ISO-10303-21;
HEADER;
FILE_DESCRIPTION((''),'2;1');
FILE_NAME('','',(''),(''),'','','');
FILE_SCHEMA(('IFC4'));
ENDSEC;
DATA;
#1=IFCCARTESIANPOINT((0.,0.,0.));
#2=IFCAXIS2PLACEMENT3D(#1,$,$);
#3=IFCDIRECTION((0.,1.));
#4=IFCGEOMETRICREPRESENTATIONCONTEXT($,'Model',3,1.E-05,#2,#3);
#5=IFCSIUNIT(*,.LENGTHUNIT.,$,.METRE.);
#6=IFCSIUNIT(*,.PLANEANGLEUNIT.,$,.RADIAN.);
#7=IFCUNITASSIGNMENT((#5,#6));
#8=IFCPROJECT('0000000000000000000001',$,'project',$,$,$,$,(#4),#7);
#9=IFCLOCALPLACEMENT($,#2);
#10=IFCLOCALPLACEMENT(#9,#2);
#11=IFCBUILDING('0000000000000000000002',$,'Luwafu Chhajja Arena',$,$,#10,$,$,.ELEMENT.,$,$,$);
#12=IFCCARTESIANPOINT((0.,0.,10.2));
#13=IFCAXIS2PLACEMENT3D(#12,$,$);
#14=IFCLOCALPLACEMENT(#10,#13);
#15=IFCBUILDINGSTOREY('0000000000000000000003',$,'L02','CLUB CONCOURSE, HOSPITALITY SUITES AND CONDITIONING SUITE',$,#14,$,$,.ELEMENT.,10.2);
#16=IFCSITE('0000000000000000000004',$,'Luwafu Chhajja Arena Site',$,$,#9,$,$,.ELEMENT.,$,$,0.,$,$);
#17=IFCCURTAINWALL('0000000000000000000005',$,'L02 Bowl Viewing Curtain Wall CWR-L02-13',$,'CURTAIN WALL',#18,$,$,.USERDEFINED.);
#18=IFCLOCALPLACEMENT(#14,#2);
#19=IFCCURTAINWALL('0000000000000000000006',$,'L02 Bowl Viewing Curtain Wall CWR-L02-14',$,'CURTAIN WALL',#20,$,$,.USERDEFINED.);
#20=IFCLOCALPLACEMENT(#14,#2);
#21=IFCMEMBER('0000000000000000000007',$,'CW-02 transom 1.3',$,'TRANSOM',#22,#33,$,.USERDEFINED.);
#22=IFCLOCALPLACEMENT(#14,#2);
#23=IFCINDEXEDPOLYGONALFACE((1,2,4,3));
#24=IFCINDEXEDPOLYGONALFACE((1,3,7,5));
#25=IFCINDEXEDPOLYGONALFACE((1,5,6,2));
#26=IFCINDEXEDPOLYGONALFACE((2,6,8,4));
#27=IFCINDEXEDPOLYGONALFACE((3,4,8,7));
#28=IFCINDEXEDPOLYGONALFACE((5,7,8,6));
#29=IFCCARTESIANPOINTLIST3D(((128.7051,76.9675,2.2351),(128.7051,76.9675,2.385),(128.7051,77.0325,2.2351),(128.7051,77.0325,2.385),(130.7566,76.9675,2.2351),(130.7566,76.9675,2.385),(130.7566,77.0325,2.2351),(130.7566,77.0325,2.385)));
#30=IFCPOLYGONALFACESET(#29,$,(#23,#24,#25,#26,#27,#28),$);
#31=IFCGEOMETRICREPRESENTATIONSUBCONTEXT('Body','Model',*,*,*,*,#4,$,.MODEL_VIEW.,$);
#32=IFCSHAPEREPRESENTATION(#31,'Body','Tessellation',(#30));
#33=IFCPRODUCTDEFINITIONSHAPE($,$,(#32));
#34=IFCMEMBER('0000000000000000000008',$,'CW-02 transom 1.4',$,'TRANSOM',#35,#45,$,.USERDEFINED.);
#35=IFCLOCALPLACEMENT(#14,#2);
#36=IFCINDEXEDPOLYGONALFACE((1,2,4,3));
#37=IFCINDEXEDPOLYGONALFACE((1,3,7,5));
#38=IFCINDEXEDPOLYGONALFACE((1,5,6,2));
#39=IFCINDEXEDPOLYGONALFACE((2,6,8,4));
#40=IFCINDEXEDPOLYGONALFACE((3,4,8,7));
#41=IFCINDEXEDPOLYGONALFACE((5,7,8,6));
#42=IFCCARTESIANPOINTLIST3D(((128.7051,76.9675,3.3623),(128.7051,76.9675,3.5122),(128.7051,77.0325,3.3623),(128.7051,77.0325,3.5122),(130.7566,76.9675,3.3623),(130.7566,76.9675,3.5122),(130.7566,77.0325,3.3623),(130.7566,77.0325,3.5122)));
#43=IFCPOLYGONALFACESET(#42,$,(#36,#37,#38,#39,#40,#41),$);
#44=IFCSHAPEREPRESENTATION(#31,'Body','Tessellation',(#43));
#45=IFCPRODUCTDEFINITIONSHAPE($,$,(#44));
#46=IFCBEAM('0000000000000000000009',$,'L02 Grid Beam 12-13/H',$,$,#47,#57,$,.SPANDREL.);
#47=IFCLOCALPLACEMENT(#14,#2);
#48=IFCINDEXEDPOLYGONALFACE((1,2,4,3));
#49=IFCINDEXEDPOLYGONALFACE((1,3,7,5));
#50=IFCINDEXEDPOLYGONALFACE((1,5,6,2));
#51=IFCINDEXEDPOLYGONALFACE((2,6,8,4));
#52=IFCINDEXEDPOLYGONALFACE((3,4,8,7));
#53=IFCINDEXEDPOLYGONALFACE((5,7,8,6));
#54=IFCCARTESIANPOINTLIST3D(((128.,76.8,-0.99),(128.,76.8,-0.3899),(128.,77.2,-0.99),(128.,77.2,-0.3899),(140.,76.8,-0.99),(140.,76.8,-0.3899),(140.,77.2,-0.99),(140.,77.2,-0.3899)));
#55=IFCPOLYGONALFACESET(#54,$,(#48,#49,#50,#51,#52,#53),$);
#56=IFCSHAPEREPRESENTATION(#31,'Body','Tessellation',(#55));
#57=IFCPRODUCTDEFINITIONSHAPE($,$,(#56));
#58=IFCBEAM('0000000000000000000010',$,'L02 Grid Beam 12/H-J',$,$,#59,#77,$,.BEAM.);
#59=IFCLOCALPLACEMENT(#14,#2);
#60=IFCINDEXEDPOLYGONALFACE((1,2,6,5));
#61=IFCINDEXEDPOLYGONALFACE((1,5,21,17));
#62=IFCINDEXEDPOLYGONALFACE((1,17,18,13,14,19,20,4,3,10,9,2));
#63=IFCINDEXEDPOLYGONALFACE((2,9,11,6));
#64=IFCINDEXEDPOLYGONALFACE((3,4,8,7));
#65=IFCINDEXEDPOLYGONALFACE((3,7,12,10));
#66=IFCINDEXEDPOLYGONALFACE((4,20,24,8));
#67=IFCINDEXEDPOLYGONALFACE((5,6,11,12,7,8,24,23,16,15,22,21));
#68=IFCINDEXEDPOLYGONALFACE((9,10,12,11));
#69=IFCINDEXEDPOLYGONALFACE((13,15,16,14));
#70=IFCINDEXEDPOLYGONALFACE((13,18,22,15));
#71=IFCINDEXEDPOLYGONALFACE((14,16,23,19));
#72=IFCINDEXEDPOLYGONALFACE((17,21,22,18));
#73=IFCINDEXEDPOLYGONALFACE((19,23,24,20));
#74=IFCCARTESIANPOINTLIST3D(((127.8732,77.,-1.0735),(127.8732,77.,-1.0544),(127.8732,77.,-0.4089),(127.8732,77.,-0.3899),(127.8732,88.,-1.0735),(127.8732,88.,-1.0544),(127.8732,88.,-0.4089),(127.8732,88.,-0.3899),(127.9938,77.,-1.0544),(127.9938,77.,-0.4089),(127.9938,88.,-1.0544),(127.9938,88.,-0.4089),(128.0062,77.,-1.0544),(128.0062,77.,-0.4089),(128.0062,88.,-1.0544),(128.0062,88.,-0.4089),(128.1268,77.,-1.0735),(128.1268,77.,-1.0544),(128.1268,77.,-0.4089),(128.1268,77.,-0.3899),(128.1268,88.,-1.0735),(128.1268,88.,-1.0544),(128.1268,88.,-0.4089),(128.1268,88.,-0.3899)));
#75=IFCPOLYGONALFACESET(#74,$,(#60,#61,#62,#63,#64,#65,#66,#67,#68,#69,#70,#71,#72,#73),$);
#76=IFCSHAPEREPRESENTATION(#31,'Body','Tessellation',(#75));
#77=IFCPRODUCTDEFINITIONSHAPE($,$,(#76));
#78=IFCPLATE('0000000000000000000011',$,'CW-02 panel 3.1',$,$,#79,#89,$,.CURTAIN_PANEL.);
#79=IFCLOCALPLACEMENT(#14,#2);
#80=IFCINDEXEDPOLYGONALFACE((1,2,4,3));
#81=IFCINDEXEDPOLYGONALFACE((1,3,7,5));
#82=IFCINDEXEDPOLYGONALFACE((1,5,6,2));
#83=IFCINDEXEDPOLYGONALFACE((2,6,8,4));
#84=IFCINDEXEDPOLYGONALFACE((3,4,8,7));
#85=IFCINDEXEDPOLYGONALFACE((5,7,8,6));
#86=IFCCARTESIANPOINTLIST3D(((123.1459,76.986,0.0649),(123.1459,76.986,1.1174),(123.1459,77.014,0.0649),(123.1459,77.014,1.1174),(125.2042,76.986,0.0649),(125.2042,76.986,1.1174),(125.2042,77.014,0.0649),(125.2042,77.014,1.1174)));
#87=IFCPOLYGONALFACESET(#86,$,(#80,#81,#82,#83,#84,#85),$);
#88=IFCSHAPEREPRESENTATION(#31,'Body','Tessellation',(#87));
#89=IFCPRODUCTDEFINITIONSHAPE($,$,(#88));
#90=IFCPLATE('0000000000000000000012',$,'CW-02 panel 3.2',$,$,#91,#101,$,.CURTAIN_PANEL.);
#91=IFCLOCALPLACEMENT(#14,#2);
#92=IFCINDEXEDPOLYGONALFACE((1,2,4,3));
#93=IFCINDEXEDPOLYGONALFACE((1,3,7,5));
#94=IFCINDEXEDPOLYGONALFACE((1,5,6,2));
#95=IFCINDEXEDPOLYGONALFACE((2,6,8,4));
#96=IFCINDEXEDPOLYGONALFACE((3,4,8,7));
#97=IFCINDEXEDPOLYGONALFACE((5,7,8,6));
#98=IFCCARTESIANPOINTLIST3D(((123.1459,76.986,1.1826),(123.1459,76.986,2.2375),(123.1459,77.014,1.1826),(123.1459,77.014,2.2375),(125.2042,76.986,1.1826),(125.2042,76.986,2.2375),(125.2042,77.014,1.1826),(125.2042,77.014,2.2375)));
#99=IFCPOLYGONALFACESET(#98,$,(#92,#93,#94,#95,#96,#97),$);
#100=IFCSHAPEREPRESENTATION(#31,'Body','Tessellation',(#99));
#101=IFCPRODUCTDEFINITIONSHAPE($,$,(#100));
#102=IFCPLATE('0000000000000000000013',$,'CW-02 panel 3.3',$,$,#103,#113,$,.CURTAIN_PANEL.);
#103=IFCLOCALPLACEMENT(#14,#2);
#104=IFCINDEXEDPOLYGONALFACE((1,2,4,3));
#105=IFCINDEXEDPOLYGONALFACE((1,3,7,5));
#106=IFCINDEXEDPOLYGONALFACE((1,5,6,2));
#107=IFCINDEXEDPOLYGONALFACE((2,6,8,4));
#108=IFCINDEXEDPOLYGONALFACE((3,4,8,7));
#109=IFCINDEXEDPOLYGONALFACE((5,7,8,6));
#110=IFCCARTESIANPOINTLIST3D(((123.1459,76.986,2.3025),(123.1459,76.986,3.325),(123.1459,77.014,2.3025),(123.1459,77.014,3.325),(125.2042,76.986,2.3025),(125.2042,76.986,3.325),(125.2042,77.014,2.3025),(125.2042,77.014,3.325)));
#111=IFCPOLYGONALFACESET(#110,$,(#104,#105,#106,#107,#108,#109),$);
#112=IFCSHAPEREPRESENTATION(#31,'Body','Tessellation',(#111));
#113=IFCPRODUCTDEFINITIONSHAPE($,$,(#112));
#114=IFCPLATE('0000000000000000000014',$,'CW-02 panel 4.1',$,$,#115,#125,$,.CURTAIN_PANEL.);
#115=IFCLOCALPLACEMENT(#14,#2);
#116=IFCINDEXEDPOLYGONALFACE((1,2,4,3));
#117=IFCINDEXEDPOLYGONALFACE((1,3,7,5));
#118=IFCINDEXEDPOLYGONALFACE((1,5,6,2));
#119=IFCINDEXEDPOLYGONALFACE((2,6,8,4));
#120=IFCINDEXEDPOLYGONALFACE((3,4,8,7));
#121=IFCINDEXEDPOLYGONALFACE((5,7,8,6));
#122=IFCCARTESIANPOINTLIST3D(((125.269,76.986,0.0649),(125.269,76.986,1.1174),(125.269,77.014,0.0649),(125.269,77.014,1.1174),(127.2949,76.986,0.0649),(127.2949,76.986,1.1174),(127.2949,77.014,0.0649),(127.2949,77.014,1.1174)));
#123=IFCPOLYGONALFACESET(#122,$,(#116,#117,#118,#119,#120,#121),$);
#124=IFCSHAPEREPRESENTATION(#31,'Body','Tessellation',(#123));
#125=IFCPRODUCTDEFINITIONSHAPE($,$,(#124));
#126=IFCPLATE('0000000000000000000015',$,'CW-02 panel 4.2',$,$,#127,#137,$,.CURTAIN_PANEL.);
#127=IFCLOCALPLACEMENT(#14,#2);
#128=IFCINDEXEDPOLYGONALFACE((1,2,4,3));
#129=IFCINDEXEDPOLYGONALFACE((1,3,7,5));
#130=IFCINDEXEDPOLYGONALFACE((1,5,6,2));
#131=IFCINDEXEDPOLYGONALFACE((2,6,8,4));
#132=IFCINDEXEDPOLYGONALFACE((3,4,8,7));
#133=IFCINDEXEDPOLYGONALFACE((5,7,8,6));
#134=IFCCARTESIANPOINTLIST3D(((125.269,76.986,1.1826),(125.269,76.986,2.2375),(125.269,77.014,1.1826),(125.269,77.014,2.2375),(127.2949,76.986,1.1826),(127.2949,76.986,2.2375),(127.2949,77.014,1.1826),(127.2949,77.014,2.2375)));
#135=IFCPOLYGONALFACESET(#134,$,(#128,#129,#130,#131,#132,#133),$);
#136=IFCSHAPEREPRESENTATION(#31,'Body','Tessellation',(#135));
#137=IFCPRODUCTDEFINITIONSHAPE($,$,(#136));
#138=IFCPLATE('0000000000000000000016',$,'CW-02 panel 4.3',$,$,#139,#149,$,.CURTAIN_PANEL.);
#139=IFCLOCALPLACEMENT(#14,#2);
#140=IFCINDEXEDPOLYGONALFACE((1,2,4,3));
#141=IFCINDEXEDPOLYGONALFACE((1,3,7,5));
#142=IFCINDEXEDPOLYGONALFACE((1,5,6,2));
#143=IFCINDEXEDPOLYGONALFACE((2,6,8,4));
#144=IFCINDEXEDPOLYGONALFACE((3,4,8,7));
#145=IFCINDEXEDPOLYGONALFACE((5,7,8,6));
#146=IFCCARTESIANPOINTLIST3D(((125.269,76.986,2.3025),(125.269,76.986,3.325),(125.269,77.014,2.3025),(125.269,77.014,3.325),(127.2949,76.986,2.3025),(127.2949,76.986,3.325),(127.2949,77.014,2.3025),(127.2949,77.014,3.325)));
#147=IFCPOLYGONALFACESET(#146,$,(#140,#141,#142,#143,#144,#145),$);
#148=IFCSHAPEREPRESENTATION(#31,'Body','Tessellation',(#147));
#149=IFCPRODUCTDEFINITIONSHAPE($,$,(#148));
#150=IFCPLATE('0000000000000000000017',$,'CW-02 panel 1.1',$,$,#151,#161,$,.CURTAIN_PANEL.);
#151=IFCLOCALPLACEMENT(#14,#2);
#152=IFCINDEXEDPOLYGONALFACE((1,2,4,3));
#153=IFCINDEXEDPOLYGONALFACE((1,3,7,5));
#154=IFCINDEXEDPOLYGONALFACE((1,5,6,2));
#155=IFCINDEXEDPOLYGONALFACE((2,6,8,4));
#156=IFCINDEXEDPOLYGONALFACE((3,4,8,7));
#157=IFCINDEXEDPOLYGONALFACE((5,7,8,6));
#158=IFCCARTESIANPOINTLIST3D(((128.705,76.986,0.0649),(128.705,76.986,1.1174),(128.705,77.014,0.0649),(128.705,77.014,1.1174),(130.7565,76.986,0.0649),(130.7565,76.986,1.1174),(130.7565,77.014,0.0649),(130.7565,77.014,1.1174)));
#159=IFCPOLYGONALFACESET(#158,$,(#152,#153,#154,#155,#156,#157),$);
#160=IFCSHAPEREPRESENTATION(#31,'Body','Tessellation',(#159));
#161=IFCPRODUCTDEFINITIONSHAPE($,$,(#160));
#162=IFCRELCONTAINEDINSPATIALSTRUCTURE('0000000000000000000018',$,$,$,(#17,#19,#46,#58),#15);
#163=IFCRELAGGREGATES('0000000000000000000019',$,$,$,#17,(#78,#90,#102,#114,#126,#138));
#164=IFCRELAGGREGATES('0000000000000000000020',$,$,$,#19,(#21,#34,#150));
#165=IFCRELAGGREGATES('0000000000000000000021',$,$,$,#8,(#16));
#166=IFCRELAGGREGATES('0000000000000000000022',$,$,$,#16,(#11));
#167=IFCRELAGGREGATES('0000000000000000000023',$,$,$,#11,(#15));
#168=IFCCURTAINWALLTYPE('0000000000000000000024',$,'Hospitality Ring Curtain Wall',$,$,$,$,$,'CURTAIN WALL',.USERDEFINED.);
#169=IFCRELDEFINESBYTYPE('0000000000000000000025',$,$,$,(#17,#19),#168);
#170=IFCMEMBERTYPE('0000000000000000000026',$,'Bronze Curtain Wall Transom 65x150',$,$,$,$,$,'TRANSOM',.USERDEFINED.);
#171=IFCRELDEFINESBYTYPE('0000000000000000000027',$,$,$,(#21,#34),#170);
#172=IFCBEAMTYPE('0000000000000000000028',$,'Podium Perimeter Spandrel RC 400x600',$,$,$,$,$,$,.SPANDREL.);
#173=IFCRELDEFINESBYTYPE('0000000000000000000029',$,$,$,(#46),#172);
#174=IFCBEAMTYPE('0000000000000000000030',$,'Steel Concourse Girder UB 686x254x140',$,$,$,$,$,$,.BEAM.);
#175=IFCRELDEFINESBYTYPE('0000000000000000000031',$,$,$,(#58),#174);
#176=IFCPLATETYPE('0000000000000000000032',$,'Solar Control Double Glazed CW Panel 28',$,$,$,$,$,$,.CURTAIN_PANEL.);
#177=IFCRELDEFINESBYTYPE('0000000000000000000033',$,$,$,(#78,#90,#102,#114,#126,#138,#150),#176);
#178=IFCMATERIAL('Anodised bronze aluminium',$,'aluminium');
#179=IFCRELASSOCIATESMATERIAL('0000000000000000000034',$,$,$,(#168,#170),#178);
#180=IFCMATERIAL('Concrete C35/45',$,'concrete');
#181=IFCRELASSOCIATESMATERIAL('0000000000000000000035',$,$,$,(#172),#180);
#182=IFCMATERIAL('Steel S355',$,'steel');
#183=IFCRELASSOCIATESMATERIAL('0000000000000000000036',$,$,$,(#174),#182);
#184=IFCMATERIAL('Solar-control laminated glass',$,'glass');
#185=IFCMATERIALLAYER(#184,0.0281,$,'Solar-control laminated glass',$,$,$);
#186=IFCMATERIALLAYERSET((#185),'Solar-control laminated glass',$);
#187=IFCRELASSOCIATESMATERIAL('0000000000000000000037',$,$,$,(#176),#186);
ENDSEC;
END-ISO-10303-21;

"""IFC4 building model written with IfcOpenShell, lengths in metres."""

from ifc_helpers import new_model, si_unit, direction, frame, origin, origin_2d, place, context, subcontext, project, spatial, rectangle, i_section, extrude, material, layer, layer_set, material_profile, profile_set, type_object, element, aggregate, save


model = new_model("IFC4")

# Units and contexts
model_context = context("Model", 3, precision=1e-05, world=origin(), true_north=direction((0.0, 1.0)))
body_context = subcontext(model_context, "Body", "Model", "MODEL_VIEW")
ifc_project = project(units=[si_unit("LENGTHUNIT", "METRE"), si_unit("PLANEANGLEUNIT", "RADIAN")], contexts=[model_context])

# Site, building, storey
site_placement = place(None, origin())
site = spatial("IfcSite", under=ifc_project, at=site_placement, Name="Luwafu Chhajja Arena Site", CompositionType="ELEMENT", RefElevation=0.0)
building_placement = place(site_placement, origin())
building = spatial("IfcBuilding", under=site, at=building_placement, Name="Luwafu Chhajja Arena", CompositionType="ELEMENT")
storey_placement = place(building_placement, frame((0.0, 0.0, 10.2)))
storey = spatial("IfcBuildingStorey", under=building, at=storey_placement, Name="L02", Description="CLUB CONCOURSE, HOSPITALITY SUITES AND CONDITIONING SUITE", CompositionType="ELEMENT", Elevation=10.2)

# Curtain wall
ifc_material_1 = material(Name="Anodised bronze aluminium", Category="aluminium")
curtain_wall_type = type_object("IfcCurtainWallType", Name="Hospitality Ring Curtain Wall", ElementType="CURTAIN WALL", PredefinedType="USERDEFINED", material=ifc_material_1)
curtain_wall_1_placement = place(storey_placement, origin())
curtain_wall_1 = element("IfcCurtainWall", 1, at=curtain_wall_1_placement, inside=storey, type_object=curtain_wall_type, Name="L02 Bowl Viewing Curtain Wall CWR-L02-13", ObjectType="CURTAIN WALL", PredefinedType="USERDEFINED")

# Curtain wall
curtain_wall_2_placement = place(storey_placement, origin())
curtain_wall_2 = element("IfcCurtainWall", 2, at=curtain_wall_2_placement, inside=storey, type_object=curtain_wall_type, Name="L02 Bowl Viewing Curtain Wall CWR-L02-14", ObjectType="CURTAIN WALL", PredefinedType="USERDEFINED")

# Members
ifc_material_profile_1 = material_profile(ifc_material_1, rectangle(XDim=0.0649, YDim=0.1499, at=origin_2d()), Name="CWT 65x150")
ifc_profile_set_1 = profile_set([ifc_material_profile_1], Name="Anodised bronze aluminium")
member_type_1 = type_object("IfcMemberType", Name="Bronze Curtain Wall Transom 65x150", ElementType="TRANSOM", PredefinedType="USERDEFINED", material=ifc_profile_set_1)
member_1_placement = place(storey_placement, frame((128.7051, 77.0, 2.3101), z_axis=(1.0, 0.0, 0.0), x_axis=(0.0, 1.0, 0.0)))
member_1 = element("IfcMember", 3, at=member_1_placement, type_object=member_type_1, Name="CW-02 transom 1.3", ObjectType="TRANSOM", PredefinedType="USERDEFINED", context=body_context, shape_type="SweptSolid", body=[
    extrude(rectangle(XDim=0.0649, YDim=0.1499, at=origin_2d()), origin(), (0.0, 0.0, 1.0), 2.0515),
])
member_2_placement = place(storey_placement, frame((128.7051, 77.0, 3.4373), z_axis=(1.0, 0.0, 0.0), x_axis=(0.0, 1.0, 0.0)))
member_2 = element("IfcMember", 4, at=member_2_placement, type_object=member_type_1, Name="CW-02 transom 1.4", ObjectType="TRANSOM", PredefinedType="USERDEFINED", context=body_context, shape_type="SweptSolid", body=[
    extrude(rectangle(XDim=0.0649, YDim=0.1499, at=origin_2d()), origin(), (0.0, 0.0, 1.0), 2.0515),
])

# Beams
ifc_material_2 = material(Name="Concrete C35/45", Category="concrete")
ifc_material_profile_2 = material_profile(ifc_material_2, rectangle(XDim=0.3999, YDim=0.6001, at=origin_2d()), Name="RC 400x600")
ifc_profile_set_2 = profile_set([ifc_material_profile_2], Name="Concrete C35/45")
beam_type_1 = type_object("IfcBeamType", Name="Podium Perimeter Spandrel RC 400x600", PredefinedType="SPANDREL", material=ifc_profile_set_2)
beam_1_placement = place(storey_placement, frame((128.0, 77.0, -0.6899), z_axis=(1.0, 0.0, 0.0), x_axis=(0.0, 1.0, 0.0)))
element("IfcBeam", 5, at=beam_1_placement, inside=storey, type_object=beam_type_1, Name="L02 Grid Beam 12-13/H", PredefinedType="SPANDREL", context=body_context, shape_type="SweptSolid", body=[
    extrude(rectangle(XDim=0.3999, YDim=0.6001, at=origin_2d()), origin(), (0.0, 0.0, 1.0), 12.0),
])
ifc_material_3 = material(Name="Steel S355", Category="steel")
ifc_material_profile_3 = material_profile(ifc_material_3, i_section(OverallWidth=0.2537, OverallDepth=0.6836, WebThickness=0.0125, FlangeThickness=0.019, at=origin_2d()), Name="UB 686x254x140")
ifc_profile_set_3 = profile_set([ifc_material_profile_3], Name="Steel S355")
beam_type_2 = type_object("IfcBeamType", Name="Steel Concourse Girder UB 686x254x140", PredefinedType="BEAM", material=ifc_profile_set_3)
beam_2_placement = place(storey_placement, frame((128.0, 77.0, -0.7317), z_axis=(0.0, 1.0, 0.0), x_axis=(-1.0, 0.0, 0.0)))
element("IfcBeam", 6, at=beam_2_placement, inside=storey, type_object=beam_type_2, Name="L02 Grid Beam 12/H-J", PredefinedType="BEAM", context=body_context, shape_type="SweptSolid", body=[
    extrude(i_section(OverallWidth=0.2537, OverallDepth=0.6836, WebThickness=0.0125, FlangeThickness=0.019, at=origin_2d()), origin(), (0.0, 0.0, 1.0), 11.0),
])

# Plates
ifc_material_4 = material(Name="Solar-control laminated glass", Category="glass")
ifc_layer = layer(ifc_material_4, 0.0281, Name="Solar-control laminated glass")
ifc_layer_set = layer_set([ifc_layer], Name="Solar-control laminated glass")
plate_type = type_object("IfcPlateType", Name="Solar Control Double Glazed CW Panel 28", PredefinedType="CURTAIN_PANEL", material=ifc_layer_set)
plate_1_placement = place(storey_placement, frame((124.175, 77.0, 0.0649), z_axis=(0.0, 0.0, 1.0), x_axis=(1.0, 0.0, 0.0)))
plate_1 = element("IfcPlate", 7, at=plate_1_placement, type_object=plate_type, Name="CW-02 panel 3.1", PredefinedType="CURTAIN_PANEL", context=body_context, shape_type="SweptSolid", body=[
    extrude(rectangle(XDim=2.0583, YDim=0.0281, at=origin_2d()), origin(), (0.0, 0.0, 1.0), 1.0525),
])
plate_2_placement = place(storey_placement, frame((124.175, 77.0, 1.1826), z_axis=(0.0, 0.0, 1.0), x_axis=(1.0, 0.0, 0.0)))
plate_2 = element("IfcPlate", 8, at=plate_2_placement, type_object=plate_type, Name="CW-02 panel 3.2", PredefinedType="CURTAIN_PANEL", context=body_context, shape_type="SweptSolid", body=[
    extrude(rectangle(XDim=2.0583, YDim=0.0281, at=origin_2d()), origin(), (0.0, 0.0, 1.0), 1.0549),
])
plate_3_placement = place(storey_placement, frame((124.175, 77.0, 2.3025), z_axis=(0.0, 0.0, 1.0), x_axis=(1.0, 0.0, 0.0)))
plate_3 = element("IfcPlate", 9, at=plate_3_placement, type_object=plate_type, Name="CW-02 panel 3.3", PredefinedType="CURTAIN_PANEL", context=body_context, shape_type="SweptSolid", body=[
    extrude(rectangle(XDim=2.0583, YDim=0.0281, at=origin_2d()), origin(), (0.0, 0.0, 1.0), 1.0225),
])
plate_4_placement = place(storey_placement, frame((126.282, 77.0, 0.0649), z_axis=(0.0, 0.0, 1.0), x_axis=(1.0, 0.0, 0.0)))
plate_4 = element("IfcPlate", 10, at=plate_4_placement, type_object=plate_type, Name="CW-02 panel 4.1", PredefinedType="CURTAIN_PANEL", context=body_context, shape_type="SweptSolid", body=[
    extrude(rectangle(XDim=2.0259, YDim=0.0281, at=origin_2d()), origin(), (0.0, 0.0, 1.0), 1.0525),
])
plate_5_placement = place(storey_placement, frame((126.282, 77.0, 1.1826), z_axis=(0.0, 0.0, 1.0), x_axis=(1.0, 0.0, 0.0)))
plate_5 = element("IfcPlate", 11, at=plate_5_placement, type_object=plate_type, Name="CW-02 panel 4.2", PredefinedType="CURTAIN_PANEL", context=body_context, shape_type="SweptSolid", body=[
    extrude(rectangle(XDim=2.0259, YDim=0.0281, at=origin_2d()), origin(), (0.0, 0.0, 1.0), 1.0549),
])
plate_6_placement = place(storey_placement, frame((126.282, 77.0, 2.3025), z_axis=(0.0, 0.0, 1.0), x_axis=(1.0, 0.0, 0.0)))
plate_6 = element("IfcPlate", 12, at=plate_6_placement, type_object=plate_type, Name="CW-02 panel 4.3", PredefinedType="CURTAIN_PANEL", context=body_context, shape_type="SweptSolid", body=[
    extrude(rectangle(XDim=2.0259, YDim=0.0281, at=origin_2d()), origin(), (0.0, 0.0, 1.0), 1.0225),
])
aggregate(curtain_wall_1, [plate_1, plate_2, plate_3, plate_4, plate_5, plate_6])
plate_7_placement = place(storey_placement, frame((129.7307, 77.0, 0.0649), z_axis=(0.0, 0.0, 1.0), x_axis=(1.0, 0.0, 0.0)))
plate_7 = element("IfcPlate", 13, at=plate_7_placement, type_object=plate_type, Name="CW-02 panel 1.1", PredefinedType="CURTAIN_PANEL", context=body_context, shape_type="SweptSolid", body=[
    extrude(rectangle(XDim=2.0515, YDim=0.0281, at=origin_2d()), origin(), (0.0, 0.0, 1.0), 1.0525),
])
aggregate(curtain_wall_2, [member_1, member_2, plate_7])

save(model, "model.ifc")
